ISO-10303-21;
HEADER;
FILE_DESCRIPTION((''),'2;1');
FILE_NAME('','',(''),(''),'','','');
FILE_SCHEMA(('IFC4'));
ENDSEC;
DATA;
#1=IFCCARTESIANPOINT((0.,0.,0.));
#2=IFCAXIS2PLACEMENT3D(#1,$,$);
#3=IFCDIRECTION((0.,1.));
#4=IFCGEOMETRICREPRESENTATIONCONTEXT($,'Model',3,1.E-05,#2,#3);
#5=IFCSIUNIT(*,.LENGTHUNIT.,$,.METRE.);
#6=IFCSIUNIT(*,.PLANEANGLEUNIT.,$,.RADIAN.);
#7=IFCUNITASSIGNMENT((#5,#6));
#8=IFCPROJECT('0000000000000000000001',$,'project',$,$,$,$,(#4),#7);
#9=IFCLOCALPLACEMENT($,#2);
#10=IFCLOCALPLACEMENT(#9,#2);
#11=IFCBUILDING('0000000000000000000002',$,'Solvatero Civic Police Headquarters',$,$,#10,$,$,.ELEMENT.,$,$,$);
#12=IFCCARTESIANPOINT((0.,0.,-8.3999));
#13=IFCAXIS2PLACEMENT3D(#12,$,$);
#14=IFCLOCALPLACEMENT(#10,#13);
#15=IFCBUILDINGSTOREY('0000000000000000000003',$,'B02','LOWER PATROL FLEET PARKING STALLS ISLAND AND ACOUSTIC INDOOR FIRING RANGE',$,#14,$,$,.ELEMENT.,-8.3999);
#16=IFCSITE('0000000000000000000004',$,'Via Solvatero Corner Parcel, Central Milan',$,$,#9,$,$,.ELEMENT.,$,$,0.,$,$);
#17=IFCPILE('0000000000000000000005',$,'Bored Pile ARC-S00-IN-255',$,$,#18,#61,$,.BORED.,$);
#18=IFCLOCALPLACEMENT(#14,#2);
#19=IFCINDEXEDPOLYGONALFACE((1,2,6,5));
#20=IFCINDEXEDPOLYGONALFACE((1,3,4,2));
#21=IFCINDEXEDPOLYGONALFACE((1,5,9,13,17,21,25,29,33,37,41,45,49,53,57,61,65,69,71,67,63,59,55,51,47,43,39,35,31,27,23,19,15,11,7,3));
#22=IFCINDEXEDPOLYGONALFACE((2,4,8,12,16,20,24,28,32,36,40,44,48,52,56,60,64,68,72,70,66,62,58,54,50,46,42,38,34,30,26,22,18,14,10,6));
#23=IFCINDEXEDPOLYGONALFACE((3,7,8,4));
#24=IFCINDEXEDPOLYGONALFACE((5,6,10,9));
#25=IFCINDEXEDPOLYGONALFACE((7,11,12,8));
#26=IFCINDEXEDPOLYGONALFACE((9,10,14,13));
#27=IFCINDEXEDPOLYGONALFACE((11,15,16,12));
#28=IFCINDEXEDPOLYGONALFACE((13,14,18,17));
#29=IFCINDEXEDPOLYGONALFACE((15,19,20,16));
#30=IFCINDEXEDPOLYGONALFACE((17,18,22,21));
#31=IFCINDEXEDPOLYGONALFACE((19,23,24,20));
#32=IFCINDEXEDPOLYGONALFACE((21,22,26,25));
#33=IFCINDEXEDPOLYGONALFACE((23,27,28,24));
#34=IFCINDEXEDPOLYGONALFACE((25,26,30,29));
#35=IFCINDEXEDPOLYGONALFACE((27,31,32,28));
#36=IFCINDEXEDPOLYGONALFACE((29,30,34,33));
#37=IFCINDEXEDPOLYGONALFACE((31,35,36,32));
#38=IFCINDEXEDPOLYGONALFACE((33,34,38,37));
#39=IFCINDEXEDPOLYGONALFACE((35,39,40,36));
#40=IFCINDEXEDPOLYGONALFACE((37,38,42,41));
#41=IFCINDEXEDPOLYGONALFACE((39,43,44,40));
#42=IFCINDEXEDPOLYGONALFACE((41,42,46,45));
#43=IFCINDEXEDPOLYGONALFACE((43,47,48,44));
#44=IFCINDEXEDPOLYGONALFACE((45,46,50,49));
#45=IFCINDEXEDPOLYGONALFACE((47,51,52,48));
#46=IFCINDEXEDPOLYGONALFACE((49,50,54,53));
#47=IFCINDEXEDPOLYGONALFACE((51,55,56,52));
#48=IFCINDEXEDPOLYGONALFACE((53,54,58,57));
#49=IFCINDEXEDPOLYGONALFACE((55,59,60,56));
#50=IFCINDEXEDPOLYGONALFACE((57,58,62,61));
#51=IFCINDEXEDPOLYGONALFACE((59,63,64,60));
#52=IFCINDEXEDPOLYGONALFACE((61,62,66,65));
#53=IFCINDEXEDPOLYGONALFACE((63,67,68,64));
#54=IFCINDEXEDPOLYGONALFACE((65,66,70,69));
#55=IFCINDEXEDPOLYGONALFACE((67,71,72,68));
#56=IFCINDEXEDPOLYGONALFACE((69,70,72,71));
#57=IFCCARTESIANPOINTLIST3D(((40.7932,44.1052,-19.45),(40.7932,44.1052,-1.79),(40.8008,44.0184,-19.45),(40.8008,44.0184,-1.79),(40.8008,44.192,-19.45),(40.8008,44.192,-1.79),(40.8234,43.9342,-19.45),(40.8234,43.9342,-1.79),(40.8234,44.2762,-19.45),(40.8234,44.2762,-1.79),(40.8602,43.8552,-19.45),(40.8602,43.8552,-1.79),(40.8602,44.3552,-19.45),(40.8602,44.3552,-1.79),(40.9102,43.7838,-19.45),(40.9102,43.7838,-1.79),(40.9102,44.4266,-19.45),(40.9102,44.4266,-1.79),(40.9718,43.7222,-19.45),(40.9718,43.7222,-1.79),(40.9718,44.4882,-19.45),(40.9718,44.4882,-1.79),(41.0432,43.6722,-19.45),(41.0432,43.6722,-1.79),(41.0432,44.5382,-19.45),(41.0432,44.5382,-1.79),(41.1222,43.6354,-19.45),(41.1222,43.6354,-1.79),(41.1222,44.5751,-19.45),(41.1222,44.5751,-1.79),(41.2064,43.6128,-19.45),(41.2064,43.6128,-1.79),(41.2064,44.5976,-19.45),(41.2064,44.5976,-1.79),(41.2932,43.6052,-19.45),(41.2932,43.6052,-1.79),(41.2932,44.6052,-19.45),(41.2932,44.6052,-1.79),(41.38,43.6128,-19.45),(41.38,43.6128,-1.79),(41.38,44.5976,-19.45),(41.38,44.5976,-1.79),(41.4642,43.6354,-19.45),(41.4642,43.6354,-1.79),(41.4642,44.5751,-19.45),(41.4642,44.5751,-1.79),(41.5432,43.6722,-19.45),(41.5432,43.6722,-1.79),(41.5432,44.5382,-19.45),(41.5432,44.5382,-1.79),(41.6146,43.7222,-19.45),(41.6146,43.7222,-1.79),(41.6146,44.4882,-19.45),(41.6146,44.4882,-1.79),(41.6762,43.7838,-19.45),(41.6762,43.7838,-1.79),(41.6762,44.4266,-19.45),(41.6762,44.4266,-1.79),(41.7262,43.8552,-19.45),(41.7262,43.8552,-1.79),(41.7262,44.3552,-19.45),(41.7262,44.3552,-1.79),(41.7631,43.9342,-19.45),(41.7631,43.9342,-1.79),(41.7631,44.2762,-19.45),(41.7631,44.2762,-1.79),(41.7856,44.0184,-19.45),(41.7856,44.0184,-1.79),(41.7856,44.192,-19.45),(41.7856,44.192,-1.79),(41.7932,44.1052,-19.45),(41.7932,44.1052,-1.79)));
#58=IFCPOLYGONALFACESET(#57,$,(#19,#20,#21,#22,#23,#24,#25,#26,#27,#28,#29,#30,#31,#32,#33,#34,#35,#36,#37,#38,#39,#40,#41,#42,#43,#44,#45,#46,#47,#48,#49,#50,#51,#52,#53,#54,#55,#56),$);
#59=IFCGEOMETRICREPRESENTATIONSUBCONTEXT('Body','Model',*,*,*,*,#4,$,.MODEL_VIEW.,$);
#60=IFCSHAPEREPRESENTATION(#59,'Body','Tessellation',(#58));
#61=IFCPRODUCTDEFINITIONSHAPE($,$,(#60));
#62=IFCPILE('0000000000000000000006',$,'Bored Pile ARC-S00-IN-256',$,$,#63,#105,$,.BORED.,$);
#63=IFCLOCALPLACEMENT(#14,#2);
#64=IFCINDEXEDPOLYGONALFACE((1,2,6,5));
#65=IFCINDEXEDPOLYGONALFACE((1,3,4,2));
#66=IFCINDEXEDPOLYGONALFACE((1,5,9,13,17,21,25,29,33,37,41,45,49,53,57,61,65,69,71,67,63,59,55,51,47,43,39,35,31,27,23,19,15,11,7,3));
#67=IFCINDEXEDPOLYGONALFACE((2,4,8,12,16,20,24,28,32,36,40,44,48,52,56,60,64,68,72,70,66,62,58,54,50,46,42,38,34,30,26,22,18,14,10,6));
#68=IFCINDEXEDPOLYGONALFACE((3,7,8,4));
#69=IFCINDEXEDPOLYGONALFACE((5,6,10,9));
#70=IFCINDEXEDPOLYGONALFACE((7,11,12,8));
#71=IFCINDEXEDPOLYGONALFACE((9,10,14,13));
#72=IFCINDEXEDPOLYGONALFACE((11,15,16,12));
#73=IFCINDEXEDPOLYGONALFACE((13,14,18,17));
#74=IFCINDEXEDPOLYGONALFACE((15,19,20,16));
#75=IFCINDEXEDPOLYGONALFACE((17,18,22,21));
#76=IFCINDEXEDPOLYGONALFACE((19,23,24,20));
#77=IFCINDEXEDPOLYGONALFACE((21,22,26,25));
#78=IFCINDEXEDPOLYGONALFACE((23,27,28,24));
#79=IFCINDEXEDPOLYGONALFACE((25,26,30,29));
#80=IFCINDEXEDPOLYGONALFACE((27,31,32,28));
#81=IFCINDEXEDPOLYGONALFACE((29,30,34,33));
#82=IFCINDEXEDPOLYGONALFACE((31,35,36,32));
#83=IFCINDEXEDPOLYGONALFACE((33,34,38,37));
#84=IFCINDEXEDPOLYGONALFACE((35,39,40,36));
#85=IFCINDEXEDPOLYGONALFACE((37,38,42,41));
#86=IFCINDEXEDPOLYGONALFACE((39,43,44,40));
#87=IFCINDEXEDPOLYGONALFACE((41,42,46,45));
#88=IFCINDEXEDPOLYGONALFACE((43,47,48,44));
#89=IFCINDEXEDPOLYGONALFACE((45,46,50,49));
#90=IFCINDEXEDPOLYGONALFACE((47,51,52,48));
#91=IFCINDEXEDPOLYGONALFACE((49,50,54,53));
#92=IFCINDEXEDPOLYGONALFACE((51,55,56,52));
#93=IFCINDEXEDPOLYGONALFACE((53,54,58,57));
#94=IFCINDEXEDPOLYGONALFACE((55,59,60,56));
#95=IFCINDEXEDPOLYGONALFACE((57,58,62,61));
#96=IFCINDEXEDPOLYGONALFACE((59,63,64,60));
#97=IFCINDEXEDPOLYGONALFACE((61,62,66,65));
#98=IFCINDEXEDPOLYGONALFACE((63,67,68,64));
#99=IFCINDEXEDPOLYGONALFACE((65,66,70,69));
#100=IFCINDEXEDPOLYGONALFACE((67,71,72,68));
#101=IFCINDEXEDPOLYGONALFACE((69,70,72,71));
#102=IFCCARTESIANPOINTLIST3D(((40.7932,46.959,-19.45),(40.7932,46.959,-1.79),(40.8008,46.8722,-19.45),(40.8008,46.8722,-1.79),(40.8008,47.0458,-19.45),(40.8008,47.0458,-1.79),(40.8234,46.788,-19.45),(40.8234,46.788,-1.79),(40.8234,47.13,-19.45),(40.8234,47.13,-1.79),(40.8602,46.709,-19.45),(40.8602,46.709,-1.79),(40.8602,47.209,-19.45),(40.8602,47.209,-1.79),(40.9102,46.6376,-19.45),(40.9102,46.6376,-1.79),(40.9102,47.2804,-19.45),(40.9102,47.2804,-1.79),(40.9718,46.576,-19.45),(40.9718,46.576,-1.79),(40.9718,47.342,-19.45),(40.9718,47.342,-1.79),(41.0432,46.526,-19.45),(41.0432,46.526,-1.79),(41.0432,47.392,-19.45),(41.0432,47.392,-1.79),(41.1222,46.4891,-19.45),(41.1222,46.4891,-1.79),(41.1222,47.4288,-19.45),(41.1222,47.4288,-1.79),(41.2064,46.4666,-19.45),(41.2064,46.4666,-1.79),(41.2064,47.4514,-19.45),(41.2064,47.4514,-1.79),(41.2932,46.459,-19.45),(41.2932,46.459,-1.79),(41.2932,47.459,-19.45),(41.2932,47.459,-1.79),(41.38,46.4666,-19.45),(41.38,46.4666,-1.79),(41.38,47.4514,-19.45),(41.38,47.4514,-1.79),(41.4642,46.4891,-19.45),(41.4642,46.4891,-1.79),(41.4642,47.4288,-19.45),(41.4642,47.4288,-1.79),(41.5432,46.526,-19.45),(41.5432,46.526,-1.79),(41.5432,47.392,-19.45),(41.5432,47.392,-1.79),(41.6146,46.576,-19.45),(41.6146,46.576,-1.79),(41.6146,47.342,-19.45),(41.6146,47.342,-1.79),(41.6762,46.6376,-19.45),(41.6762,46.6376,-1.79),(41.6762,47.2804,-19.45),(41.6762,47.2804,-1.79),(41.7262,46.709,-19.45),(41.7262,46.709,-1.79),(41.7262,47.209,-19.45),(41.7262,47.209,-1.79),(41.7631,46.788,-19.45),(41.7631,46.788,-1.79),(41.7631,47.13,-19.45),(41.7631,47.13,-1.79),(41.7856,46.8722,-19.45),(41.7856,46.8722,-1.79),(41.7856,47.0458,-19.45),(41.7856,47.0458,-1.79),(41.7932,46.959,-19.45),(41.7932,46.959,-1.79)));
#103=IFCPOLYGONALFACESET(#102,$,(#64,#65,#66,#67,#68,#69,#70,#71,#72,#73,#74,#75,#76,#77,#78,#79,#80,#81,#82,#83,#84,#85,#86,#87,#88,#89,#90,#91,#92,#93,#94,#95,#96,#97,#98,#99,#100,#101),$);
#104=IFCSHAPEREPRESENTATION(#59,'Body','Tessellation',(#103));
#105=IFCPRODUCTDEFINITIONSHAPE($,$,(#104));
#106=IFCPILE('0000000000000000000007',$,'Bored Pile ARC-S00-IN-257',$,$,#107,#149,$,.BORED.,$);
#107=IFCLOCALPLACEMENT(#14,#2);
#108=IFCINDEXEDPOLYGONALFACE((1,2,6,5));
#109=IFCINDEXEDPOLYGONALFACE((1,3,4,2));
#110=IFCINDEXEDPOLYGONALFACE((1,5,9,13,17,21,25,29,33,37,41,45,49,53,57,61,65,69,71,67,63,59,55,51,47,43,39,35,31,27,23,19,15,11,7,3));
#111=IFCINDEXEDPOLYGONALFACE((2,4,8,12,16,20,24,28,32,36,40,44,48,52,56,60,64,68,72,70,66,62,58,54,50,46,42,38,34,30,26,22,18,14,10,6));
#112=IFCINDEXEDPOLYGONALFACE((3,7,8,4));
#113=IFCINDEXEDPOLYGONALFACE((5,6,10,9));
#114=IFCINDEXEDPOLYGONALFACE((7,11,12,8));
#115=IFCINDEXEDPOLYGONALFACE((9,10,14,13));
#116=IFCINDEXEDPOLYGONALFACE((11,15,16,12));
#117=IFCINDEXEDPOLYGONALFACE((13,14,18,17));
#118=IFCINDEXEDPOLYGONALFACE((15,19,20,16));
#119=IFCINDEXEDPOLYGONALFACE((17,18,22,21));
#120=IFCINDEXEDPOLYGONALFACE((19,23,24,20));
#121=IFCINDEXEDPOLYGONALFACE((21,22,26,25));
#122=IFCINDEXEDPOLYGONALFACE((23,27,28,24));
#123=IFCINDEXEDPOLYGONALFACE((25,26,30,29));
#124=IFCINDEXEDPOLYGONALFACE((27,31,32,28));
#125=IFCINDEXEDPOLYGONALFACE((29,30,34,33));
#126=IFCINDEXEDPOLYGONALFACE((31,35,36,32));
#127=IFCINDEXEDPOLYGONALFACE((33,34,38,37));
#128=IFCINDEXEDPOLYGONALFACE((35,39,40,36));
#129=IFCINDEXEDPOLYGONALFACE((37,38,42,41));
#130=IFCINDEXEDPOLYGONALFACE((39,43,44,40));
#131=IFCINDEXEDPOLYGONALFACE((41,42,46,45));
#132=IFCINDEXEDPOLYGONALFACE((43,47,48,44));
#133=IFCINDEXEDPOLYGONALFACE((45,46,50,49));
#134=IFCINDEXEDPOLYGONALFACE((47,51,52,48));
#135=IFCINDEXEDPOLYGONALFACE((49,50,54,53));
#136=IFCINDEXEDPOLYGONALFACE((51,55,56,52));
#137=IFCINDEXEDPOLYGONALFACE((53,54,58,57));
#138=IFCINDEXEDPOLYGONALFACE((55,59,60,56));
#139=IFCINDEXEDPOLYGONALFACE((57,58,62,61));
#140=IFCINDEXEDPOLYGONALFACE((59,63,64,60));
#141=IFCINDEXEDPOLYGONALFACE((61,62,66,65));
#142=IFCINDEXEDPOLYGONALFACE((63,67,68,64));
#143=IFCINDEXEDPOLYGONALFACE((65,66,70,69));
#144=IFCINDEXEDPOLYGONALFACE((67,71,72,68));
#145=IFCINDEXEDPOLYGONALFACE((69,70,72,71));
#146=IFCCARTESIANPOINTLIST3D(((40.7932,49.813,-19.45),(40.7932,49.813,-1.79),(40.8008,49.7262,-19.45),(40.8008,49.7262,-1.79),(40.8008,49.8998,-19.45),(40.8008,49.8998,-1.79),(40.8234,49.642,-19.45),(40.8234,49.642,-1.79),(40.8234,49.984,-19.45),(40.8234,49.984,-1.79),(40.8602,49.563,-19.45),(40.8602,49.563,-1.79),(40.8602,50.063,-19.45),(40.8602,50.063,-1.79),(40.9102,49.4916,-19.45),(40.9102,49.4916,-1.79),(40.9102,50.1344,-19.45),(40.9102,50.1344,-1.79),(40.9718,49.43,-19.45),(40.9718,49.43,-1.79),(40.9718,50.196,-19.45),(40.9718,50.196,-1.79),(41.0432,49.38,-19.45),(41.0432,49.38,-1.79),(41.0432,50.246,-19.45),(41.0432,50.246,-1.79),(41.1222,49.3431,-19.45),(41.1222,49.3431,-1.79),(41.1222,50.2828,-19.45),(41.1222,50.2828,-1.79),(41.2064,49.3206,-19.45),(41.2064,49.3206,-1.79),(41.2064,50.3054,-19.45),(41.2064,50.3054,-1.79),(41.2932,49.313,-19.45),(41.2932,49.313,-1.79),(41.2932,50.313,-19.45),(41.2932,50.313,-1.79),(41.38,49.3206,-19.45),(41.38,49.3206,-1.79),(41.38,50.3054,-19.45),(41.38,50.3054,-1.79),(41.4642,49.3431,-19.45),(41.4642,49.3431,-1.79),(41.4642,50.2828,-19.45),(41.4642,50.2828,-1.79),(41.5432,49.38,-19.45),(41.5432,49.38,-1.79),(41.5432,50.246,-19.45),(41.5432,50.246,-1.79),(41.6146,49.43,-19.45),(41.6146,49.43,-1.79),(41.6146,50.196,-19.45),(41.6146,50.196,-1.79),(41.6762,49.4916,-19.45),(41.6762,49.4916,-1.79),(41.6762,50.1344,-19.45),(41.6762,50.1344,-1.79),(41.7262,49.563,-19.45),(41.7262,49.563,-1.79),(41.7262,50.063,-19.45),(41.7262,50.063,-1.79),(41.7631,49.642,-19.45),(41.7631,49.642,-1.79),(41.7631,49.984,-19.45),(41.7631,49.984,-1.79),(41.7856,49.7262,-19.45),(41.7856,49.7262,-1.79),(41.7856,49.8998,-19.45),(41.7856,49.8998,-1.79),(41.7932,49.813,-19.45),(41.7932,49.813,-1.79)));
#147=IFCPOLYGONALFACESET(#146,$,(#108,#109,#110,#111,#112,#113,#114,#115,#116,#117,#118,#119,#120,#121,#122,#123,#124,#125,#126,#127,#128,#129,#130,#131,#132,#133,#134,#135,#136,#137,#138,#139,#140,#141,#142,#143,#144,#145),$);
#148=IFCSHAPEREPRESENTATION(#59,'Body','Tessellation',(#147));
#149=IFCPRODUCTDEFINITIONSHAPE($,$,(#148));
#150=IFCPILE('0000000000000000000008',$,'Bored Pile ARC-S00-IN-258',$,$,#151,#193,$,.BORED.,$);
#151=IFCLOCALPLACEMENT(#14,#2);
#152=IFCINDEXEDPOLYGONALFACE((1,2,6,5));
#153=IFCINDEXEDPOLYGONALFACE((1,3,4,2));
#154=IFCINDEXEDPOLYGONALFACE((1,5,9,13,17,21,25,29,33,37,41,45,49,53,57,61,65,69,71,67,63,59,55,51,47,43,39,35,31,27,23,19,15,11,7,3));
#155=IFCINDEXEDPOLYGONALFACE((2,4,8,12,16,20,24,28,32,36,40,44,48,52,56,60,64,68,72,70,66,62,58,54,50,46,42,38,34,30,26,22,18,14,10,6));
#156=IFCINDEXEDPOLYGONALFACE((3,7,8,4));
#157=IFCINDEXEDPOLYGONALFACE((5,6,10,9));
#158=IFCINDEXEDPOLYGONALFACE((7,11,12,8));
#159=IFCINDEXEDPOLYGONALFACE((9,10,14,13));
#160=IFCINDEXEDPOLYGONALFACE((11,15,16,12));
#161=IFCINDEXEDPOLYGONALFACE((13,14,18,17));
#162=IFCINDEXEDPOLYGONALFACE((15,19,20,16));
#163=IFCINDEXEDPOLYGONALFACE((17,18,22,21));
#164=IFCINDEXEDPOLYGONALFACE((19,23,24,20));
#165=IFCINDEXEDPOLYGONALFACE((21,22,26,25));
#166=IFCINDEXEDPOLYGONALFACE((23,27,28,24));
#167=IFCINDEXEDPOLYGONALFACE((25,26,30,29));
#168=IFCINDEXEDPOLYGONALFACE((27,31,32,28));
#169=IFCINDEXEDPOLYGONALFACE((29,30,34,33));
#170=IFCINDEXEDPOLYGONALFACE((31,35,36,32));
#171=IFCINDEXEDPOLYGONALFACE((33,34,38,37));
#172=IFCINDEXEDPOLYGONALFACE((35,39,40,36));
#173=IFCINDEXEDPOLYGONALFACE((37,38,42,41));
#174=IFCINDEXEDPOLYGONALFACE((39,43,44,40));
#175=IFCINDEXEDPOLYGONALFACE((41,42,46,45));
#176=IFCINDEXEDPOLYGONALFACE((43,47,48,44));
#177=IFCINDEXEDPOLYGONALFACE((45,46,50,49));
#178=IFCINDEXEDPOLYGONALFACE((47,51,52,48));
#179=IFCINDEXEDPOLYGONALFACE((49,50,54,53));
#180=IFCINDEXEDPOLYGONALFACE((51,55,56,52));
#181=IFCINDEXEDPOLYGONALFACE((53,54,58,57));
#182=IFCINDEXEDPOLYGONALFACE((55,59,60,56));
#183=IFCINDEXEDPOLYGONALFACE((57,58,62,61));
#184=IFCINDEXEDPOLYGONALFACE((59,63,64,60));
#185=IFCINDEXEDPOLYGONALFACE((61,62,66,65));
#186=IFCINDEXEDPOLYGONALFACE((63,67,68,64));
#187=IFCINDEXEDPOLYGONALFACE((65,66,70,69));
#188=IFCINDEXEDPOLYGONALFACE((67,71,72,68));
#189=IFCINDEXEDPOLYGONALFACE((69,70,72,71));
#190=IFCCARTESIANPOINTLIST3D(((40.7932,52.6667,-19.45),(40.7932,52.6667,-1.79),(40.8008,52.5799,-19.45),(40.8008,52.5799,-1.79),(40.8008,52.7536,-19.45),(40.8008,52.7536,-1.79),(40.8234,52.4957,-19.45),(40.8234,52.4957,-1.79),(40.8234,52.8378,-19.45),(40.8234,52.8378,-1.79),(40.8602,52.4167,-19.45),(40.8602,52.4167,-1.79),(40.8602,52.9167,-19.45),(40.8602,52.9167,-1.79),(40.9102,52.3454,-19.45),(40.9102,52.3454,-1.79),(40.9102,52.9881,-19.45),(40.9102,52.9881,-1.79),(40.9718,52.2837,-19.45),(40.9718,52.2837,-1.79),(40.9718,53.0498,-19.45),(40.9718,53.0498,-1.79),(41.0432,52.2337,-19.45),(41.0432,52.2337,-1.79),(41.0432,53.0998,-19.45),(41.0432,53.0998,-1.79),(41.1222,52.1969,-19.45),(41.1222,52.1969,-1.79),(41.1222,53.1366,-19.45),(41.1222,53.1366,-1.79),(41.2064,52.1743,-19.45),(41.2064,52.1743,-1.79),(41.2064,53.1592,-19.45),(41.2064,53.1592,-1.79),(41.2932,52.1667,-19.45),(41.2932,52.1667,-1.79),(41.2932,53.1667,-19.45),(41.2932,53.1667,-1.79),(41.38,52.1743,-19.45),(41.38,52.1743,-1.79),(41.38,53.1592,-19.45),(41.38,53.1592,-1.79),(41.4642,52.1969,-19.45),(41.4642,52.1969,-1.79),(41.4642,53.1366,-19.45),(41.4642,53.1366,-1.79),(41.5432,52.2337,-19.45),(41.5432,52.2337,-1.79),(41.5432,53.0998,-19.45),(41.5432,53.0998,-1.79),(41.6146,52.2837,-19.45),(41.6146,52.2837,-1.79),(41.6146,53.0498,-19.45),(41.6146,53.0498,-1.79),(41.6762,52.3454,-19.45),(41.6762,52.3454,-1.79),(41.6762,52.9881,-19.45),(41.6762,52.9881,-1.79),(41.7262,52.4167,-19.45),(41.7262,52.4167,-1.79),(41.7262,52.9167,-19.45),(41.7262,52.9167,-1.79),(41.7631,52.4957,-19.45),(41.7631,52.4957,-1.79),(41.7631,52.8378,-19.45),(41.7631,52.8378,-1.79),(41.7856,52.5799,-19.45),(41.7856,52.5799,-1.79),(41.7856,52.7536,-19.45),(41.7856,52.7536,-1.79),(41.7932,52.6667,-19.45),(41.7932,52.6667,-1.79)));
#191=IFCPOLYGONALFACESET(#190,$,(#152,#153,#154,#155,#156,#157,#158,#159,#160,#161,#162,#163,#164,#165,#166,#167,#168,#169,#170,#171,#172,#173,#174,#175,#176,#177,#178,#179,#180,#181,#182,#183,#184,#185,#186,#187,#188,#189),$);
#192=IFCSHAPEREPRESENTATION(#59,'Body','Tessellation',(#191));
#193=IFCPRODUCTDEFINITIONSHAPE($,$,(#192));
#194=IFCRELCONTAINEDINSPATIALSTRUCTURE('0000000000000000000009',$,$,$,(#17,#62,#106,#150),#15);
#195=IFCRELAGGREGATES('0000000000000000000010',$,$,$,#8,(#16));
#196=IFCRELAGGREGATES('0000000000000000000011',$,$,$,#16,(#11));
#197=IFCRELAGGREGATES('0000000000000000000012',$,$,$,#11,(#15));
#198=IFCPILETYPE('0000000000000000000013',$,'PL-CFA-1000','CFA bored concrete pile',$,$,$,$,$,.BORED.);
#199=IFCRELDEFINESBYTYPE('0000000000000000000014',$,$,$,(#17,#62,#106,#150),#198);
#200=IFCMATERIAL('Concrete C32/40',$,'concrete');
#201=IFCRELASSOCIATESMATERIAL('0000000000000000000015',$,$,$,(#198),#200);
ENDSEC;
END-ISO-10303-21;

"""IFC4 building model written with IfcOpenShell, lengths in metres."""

from ifc_helpers import new_model, si_unit, direction, frame, origin, origin_2d, place, context, subcontext, project, spatial, circle, extrude, material, material_profile, profile_set, type_object, element, save


model = new_model("IFC4")

# Units and contexts
model_context = context("Model", 3, precision=1e-05, world=origin(), true_north=direction((0.0, 1.0)))
body_context = subcontext(model_context, "Body", "Model", "MODEL_VIEW")
ifc_project = project(units=[si_unit("LENGTHUNIT", "METRE"), si_unit("PLANEANGLEUNIT", "RADIAN")], contexts=[model_context])

# Site, building, storey
site_placement = place(None, origin())
site = spatial("IfcSite", under=ifc_project, at=site_placement, Name="Via Solvatero Corner Parcel, Central Milan", CompositionType="ELEMENT", RefElevation=0.0)
building_placement = place(site_placement, origin())
building = spatial("IfcBuilding", under=site, at=building_placement, Name="Solvatero Civic Police Headquarters", CompositionType="ELEMENT")
storey_placement = place(building_placement, frame((0.0, 0.0, -8.3999)))
storey = spatial("IfcBuildingStorey", under=building, at=storey_placement, Name="B02", Description="LOWER PATROL FLEET PARKING STALLS ISLAND AND ACOUSTIC INDOOR FIRING RANGE", CompositionType="ELEMENT", Elevation=-8.3999)

# Piles
ifc_material_1 = material(Name="Concrete C32/40", Category="concrete")
ifc_material_profile_1 = material_profile(ifc_material_1, circle(Radius=0.5, at=origin_2d()), Name="CFA PILE D1000")
ifc_profile_set_1 = profile_set([ifc_material_profile_1], Name="Concrete C32/40")
pile_type = type_object("IfcPileType", Name="PL-CFA-1000", Description="CFA bored concrete pile", PredefinedType="BORED", material=ifc_profile_set_1)
for number, where, z_axis, x_axis, name in (
    (1, (41.2932, 44.1052, -1.79), (0.0, 0.0, -1.0), (1.0, 0.0, 0.0), "Bored Pile ARC-S00-IN-255"),
    (2, (41.2932, 46.959, -1.79), (0.0, 0.0, -1.0), (1.0, 0.0, 0.0), "Bored Pile ARC-S00-IN-256"),
    (3, (41.2932, 49.813, -1.79), (0.0, 0.0, -1.0), (1.0, 0.0, 0.0), "Bored Pile ARC-S00-IN-257"),
    (4, (41.2932, 52.6667, -1.79), (0.0, 0.0, -1.0), (1.0, 0.0, 0.0), "Bored Pile ARC-S00-IN-258"),
):
    element("IfcPile", number, at=place(storey_placement, frame(where, z_axis=z_axis, x_axis=x_axis)), inside=storey, type_object=pile_type, Name=name, PredefinedType="BORED", context=body_context, shape_type="SweptSolid", body=[
        extrude(circle(Radius=0.5, at=origin_2d()), origin(), (0.0, 0.0, 1.0), 17.6599),
    ])

save(model, "model.ifc")
